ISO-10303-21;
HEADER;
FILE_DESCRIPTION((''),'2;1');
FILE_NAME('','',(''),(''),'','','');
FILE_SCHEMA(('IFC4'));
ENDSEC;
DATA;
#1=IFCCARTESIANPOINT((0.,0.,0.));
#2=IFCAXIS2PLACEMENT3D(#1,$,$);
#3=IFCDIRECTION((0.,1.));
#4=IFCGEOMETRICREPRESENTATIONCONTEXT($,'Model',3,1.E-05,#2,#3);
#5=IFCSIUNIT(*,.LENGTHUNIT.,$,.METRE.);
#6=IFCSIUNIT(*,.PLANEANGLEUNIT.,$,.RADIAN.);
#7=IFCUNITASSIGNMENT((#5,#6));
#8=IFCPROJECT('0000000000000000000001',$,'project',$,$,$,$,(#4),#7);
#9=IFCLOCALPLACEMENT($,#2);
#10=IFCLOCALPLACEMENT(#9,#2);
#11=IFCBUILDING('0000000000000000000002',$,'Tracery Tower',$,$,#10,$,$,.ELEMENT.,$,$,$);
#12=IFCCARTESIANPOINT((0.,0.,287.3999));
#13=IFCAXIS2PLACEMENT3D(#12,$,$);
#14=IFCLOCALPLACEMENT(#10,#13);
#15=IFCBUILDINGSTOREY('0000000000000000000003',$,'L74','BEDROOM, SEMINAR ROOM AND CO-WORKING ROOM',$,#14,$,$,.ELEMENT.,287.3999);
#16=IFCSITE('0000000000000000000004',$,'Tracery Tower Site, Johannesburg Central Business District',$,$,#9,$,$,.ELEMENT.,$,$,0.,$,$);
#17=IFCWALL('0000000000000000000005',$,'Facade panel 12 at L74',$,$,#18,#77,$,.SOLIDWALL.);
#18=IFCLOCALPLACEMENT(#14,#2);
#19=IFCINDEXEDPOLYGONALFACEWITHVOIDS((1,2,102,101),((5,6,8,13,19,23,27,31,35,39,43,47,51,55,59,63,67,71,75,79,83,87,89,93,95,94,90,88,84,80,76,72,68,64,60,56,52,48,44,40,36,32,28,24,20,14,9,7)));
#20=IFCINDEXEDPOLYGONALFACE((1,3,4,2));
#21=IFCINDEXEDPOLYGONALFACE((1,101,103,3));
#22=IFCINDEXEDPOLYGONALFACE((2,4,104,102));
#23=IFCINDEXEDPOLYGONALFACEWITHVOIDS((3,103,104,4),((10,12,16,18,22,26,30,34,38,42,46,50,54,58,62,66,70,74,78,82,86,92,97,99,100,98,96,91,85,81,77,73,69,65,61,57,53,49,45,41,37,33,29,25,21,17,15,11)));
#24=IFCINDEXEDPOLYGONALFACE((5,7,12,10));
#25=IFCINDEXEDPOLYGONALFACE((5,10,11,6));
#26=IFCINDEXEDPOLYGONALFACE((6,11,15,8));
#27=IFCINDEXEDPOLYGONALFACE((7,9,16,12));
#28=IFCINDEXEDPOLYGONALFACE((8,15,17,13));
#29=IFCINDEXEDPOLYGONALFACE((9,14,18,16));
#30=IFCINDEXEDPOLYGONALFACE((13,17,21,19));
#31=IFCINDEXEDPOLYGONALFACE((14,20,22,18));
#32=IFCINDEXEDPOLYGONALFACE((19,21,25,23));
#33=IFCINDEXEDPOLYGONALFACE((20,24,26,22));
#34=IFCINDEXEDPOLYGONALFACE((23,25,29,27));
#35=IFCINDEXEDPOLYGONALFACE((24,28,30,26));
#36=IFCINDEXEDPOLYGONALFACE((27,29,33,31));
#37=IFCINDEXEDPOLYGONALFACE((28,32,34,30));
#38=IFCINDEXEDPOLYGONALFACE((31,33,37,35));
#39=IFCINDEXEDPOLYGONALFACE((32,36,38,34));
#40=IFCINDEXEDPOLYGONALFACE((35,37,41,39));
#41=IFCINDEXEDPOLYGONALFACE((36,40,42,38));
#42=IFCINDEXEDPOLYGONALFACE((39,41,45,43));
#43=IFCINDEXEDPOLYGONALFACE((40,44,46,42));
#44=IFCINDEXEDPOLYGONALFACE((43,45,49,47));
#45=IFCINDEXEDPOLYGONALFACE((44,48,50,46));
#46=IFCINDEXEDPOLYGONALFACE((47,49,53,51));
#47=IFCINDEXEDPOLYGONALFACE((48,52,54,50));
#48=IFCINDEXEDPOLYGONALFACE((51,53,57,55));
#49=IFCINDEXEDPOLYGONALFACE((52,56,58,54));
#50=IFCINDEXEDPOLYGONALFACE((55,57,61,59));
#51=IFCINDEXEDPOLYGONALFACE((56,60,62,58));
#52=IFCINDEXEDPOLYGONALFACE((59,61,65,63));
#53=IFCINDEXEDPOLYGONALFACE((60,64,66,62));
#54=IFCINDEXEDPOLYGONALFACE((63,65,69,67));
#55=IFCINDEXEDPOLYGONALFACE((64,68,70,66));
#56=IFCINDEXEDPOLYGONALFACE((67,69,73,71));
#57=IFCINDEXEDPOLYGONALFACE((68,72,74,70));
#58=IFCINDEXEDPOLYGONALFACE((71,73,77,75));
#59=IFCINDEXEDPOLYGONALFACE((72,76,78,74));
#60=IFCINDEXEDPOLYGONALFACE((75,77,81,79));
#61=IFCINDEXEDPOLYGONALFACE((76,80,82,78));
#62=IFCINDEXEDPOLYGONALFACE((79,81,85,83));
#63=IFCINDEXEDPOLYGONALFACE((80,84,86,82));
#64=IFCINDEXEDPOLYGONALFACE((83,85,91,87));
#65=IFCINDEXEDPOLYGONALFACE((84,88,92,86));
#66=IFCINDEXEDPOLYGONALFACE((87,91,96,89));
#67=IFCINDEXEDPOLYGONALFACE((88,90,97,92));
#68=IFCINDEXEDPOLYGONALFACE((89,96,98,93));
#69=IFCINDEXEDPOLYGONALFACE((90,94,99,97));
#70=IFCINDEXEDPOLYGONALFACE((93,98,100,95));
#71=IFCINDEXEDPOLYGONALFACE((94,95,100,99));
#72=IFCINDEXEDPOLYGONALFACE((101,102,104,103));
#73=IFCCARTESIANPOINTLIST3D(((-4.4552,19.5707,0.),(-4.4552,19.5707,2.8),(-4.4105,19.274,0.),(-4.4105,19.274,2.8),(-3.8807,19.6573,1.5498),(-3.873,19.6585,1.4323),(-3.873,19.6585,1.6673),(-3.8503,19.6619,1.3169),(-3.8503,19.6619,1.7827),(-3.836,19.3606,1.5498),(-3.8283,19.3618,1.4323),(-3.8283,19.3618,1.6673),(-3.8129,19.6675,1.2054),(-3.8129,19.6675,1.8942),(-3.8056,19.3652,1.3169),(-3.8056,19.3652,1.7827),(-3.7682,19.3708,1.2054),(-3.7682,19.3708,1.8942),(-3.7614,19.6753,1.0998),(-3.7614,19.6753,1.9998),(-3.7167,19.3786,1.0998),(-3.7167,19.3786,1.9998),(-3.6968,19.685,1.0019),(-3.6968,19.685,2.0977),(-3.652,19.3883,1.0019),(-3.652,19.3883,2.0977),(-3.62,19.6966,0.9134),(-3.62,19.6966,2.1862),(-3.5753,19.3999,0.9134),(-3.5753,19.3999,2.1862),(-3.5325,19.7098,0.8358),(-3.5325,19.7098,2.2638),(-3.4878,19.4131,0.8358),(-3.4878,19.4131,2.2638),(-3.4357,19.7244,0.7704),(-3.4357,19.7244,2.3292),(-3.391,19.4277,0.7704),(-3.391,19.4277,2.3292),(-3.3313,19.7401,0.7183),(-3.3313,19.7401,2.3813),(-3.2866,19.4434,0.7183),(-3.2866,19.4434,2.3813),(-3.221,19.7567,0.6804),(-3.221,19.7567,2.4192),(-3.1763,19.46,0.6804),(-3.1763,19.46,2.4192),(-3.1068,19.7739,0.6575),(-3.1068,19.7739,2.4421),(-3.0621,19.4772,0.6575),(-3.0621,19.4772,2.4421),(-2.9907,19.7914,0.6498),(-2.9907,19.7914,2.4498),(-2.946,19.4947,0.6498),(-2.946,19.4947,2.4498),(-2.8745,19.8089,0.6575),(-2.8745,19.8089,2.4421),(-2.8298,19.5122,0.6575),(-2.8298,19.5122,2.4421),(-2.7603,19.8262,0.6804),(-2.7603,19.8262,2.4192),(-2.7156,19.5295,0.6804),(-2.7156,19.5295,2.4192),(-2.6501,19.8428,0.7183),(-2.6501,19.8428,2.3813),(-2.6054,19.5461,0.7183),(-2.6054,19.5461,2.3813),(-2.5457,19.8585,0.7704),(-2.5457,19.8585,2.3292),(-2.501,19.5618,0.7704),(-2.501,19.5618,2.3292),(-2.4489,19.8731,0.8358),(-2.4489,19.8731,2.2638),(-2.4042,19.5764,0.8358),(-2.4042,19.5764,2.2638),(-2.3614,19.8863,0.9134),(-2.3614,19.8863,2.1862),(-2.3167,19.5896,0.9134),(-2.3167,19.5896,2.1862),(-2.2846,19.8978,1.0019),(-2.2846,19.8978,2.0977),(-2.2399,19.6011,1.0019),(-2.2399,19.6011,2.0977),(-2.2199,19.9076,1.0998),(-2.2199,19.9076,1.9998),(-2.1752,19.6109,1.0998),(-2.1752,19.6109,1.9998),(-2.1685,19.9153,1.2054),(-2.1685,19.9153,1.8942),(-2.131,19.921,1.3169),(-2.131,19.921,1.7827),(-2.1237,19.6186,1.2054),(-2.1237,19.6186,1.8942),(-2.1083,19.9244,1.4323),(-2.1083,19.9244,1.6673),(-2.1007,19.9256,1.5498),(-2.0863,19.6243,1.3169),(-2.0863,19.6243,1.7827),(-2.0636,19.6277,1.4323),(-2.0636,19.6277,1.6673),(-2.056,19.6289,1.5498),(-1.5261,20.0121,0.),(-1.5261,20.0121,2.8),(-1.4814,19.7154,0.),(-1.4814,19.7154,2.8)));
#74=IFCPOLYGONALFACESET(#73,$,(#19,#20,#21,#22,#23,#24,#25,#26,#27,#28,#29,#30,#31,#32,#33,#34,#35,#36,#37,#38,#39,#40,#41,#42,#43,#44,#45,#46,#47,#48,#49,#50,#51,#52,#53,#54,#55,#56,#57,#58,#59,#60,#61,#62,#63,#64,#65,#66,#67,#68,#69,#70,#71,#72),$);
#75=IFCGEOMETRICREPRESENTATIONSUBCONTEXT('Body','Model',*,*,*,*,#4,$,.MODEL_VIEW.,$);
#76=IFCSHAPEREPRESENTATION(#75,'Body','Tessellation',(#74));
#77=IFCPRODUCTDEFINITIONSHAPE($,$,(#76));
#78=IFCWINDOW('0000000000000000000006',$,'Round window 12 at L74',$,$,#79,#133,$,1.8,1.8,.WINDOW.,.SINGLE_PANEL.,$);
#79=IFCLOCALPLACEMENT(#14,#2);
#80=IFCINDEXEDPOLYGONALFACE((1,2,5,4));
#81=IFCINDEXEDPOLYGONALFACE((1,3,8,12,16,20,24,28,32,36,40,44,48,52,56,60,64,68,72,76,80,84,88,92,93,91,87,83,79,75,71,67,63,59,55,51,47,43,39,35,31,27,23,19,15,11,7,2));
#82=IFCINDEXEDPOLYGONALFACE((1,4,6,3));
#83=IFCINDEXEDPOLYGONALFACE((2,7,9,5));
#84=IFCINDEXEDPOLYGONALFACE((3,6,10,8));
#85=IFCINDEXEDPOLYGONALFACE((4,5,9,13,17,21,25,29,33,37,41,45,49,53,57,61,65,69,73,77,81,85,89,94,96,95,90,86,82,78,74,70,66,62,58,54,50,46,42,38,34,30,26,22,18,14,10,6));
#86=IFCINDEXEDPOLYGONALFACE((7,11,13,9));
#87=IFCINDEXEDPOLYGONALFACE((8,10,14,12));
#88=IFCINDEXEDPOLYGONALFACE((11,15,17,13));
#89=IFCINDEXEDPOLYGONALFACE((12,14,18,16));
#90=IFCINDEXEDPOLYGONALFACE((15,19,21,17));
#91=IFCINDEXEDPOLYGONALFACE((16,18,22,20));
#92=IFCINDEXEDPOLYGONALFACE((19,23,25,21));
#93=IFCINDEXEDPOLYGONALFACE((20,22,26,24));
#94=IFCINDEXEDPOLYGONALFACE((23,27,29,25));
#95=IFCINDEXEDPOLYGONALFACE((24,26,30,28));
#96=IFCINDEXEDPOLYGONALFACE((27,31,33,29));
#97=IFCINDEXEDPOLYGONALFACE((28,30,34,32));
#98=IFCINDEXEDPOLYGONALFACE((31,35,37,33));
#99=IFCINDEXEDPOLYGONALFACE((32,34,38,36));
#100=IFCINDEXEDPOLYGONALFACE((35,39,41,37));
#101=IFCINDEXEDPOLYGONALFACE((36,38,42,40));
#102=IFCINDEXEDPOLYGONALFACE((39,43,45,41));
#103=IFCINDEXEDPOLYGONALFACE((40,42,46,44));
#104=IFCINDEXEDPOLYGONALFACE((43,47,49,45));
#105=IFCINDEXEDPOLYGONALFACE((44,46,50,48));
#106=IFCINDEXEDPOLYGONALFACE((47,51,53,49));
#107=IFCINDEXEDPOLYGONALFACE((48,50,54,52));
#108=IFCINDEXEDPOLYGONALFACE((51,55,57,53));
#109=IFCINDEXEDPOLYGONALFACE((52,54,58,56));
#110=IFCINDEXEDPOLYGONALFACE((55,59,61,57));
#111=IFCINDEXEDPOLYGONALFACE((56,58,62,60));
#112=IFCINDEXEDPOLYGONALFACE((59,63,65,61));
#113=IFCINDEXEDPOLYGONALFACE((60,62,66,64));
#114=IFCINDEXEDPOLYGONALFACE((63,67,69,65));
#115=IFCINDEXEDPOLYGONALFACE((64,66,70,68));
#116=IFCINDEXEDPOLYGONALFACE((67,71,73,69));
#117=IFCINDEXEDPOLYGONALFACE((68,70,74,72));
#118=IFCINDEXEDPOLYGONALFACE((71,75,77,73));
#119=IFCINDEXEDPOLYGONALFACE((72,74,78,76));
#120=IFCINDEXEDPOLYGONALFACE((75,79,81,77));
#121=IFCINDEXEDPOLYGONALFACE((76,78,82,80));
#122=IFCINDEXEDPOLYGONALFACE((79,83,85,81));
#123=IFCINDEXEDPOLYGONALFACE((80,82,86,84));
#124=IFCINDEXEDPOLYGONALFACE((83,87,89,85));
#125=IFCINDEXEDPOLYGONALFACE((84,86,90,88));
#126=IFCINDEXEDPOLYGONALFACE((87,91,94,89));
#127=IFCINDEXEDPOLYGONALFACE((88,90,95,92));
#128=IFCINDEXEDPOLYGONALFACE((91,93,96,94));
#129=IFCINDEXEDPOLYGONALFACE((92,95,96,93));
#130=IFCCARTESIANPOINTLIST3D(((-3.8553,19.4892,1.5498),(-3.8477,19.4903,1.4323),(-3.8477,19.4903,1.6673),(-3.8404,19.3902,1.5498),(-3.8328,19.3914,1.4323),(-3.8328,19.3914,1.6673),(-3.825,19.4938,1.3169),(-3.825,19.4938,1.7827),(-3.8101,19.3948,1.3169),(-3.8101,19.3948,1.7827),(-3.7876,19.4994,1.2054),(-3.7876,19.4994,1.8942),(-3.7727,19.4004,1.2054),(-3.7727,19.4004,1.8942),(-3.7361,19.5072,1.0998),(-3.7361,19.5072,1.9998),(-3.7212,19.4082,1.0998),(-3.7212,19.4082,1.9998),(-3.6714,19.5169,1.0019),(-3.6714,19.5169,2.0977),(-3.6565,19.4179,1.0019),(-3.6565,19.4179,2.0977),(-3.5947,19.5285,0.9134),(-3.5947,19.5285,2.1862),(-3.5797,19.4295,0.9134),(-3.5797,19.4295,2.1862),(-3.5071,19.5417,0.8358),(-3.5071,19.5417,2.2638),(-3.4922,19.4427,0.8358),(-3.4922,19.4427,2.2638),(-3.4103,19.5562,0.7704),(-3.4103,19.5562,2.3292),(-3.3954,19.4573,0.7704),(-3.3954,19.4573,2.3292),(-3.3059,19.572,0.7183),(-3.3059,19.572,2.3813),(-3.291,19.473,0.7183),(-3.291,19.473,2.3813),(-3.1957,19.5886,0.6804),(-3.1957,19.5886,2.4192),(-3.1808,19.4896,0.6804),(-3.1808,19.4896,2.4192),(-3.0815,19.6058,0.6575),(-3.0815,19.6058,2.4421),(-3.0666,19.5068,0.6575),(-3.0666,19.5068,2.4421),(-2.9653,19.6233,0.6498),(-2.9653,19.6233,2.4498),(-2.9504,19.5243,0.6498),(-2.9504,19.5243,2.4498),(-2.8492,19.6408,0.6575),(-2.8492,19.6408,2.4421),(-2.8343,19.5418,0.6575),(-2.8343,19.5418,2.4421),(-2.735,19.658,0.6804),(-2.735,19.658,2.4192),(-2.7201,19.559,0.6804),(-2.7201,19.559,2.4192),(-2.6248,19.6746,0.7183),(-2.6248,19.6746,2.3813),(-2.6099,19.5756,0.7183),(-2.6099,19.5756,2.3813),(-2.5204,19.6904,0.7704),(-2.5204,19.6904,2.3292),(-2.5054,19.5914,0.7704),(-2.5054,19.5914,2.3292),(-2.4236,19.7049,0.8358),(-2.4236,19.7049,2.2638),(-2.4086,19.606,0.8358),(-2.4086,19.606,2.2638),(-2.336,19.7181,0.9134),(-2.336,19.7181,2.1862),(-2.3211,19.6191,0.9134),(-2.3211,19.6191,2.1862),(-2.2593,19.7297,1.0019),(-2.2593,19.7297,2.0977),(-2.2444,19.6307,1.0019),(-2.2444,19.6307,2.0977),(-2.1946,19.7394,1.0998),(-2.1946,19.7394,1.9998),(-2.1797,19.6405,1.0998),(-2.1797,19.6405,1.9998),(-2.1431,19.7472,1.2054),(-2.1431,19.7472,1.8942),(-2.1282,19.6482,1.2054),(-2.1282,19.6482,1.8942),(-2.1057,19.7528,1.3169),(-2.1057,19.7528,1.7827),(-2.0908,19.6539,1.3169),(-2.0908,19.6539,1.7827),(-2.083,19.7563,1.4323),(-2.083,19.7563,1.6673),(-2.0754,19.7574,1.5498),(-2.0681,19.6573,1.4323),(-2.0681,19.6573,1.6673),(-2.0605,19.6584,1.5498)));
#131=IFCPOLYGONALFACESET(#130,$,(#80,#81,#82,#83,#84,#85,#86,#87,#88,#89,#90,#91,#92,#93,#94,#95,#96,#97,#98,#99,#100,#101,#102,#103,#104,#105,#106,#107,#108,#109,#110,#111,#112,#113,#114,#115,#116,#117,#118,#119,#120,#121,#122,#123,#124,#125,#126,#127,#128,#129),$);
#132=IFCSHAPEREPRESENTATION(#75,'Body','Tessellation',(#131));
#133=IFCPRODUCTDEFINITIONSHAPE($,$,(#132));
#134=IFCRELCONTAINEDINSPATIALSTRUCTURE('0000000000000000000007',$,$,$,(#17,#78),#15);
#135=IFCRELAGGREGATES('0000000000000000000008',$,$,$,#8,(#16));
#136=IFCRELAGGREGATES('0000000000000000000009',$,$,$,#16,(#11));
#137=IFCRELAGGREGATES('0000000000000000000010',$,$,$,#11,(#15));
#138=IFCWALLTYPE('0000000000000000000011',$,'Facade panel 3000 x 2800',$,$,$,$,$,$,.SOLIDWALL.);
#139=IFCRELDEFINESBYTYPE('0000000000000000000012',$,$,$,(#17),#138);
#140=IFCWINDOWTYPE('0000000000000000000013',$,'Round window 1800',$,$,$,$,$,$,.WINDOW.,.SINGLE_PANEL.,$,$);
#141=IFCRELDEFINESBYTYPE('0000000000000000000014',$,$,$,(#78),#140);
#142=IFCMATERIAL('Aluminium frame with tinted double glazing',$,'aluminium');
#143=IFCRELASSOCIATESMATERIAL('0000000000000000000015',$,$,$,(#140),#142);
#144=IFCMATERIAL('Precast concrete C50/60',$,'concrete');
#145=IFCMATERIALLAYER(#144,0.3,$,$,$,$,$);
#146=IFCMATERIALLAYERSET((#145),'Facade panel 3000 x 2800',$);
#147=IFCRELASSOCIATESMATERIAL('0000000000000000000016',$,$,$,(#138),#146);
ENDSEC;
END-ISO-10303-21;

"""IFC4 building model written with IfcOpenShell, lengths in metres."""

from ifc_helpers import new_model, si_unit, direction, frame, frame_2d, origin, origin_2d, place, context, subcontext, project, spatial, rectangle, circle, extrude, material, layer, layer_set, type_object, element, fill, save


model = new_model("IFC4")

# Units and contexts
model_context = context("Model", 3, precision=1e-05, world=origin(), true_north=direction((0.0, 1.0)))
body_context = subcontext(model_context, "Body", "Model", "MODEL_VIEW")
ifc_project = project(units=[si_unit("LENGTHUNIT", "METRE"), si_unit("PLANEANGLEUNIT", "RADIAN")], contexts=[model_context])

# Site, building, storey
site_placement = place(None, origin())
site = spatial("IfcSite", under=ifc_project, at=site_placement, Name="Tracery Tower Site, Johannesburg Central Business District", CompositionType="ELEMENT", RefElevation=0.0)
building_placement = place(site_placement, origin())
building = spatial("IfcBuilding", under=site, at=building_placement, Name="Tracery Tower", CompositionType="ELEMENT")
storey_placement = place(building_placement, frame((0.0, 0.0, 287.3999)))
storey = spatial("IfcBuildingStorey", under=building, at=storey_placement, Name="L74", Description="BEDROOM, SEMINAR ROOM AND CO-WORKING ROOM", CompositionType="ELEMENT", Elevation=287.3999)

# Wall, opening, window
ifc_material_1 = material(Name="Aluminium frame with tinted double glazing", Category="aluminium")
window_type = type_object("IfcWindowType", Name="Round window 1800", PartitioningType="SINGLE_PANEL", PredefinedType="WINDOW", material=ifc_material_1)
ifc_material_2 = material(Name="Precast concrete C50/60", Category="concrete")
ifc_layer_1 = layer(ifc_material_2, 0.3)
ifc_layer_set_1 = layer_set([ifc_layer_1], Name="Facade panel 3000 x 2800")
wall_type_1 = type_object("IfcWallType", Name="Facade panel 3000 x 2800", PredefinedType="SOLIDWALL", material=ifc_layer_set_1)
wall_1_placement = place(storey_placement, frame((-1.5039, 19.8638, 0.0), z_axis=(0.0, 0.0, 1.0), x_axis=(-0.988836, -0.149009, 0.0)))
wall_1 = element("IfcWall", 1, at=wall_1_placement, inside=storey, type_object=wall_type_1, Name="Facade panel 12 at L74", PredefinedType="SOLIDWALL", context=body_context, shape_type="SweptSolid", body=[
    extrude(rectangle(XDim=2.9622, YDim=0.3, at=frame_2d((1.481, 0.0))), origin(), (0.0, 0.0, 1.0), 2.8),
])
opening_1_placement = place(wall_1_placement, frame((1.481, 0.0, 1.5498)))
opening_1 = element("IfcOpeningElement", 2, at=opening_1_placement, cuts=wall_1, PredefinedType="OPENING", context=body_context, shape_type="SweptSolid", body=[
    extrude(circle(Radius=0.9, at=origin_2d()), frame((0.0, 0.1599, 0.0), z_axis=(0.0, -1.0, 0.0), x_axis=(1.0, 0.0, 0.0)), (0.0, 0.0, 1.0), 0.3201),
])
window_1_placement = place(opening_1_placement, origin())
window_1 = element("IfcWindow", 3, at=window_1_placement, inside=storey, type_object=window_type, Name="Round window 12 at L74", OverallHeight=1.8, OverallWidth=1.8, PartitioningType="SINGLE_PANEL", PredefinedType="WINDOW", context=body_context, shape_type="SweptSolid", body=[
    extrude(circle(Radius=0.9, at=origin_2d()), frame((0.0, 0.1201, 0.0), z_axis=(0.0, -1.0, 0.0), x_axis=(1.0, 0.0, 0.0)), (0.0, 0.0, 1.0), 0.1001),
])
fill(opening_1, window_1)

save(model, "model.ifc")
